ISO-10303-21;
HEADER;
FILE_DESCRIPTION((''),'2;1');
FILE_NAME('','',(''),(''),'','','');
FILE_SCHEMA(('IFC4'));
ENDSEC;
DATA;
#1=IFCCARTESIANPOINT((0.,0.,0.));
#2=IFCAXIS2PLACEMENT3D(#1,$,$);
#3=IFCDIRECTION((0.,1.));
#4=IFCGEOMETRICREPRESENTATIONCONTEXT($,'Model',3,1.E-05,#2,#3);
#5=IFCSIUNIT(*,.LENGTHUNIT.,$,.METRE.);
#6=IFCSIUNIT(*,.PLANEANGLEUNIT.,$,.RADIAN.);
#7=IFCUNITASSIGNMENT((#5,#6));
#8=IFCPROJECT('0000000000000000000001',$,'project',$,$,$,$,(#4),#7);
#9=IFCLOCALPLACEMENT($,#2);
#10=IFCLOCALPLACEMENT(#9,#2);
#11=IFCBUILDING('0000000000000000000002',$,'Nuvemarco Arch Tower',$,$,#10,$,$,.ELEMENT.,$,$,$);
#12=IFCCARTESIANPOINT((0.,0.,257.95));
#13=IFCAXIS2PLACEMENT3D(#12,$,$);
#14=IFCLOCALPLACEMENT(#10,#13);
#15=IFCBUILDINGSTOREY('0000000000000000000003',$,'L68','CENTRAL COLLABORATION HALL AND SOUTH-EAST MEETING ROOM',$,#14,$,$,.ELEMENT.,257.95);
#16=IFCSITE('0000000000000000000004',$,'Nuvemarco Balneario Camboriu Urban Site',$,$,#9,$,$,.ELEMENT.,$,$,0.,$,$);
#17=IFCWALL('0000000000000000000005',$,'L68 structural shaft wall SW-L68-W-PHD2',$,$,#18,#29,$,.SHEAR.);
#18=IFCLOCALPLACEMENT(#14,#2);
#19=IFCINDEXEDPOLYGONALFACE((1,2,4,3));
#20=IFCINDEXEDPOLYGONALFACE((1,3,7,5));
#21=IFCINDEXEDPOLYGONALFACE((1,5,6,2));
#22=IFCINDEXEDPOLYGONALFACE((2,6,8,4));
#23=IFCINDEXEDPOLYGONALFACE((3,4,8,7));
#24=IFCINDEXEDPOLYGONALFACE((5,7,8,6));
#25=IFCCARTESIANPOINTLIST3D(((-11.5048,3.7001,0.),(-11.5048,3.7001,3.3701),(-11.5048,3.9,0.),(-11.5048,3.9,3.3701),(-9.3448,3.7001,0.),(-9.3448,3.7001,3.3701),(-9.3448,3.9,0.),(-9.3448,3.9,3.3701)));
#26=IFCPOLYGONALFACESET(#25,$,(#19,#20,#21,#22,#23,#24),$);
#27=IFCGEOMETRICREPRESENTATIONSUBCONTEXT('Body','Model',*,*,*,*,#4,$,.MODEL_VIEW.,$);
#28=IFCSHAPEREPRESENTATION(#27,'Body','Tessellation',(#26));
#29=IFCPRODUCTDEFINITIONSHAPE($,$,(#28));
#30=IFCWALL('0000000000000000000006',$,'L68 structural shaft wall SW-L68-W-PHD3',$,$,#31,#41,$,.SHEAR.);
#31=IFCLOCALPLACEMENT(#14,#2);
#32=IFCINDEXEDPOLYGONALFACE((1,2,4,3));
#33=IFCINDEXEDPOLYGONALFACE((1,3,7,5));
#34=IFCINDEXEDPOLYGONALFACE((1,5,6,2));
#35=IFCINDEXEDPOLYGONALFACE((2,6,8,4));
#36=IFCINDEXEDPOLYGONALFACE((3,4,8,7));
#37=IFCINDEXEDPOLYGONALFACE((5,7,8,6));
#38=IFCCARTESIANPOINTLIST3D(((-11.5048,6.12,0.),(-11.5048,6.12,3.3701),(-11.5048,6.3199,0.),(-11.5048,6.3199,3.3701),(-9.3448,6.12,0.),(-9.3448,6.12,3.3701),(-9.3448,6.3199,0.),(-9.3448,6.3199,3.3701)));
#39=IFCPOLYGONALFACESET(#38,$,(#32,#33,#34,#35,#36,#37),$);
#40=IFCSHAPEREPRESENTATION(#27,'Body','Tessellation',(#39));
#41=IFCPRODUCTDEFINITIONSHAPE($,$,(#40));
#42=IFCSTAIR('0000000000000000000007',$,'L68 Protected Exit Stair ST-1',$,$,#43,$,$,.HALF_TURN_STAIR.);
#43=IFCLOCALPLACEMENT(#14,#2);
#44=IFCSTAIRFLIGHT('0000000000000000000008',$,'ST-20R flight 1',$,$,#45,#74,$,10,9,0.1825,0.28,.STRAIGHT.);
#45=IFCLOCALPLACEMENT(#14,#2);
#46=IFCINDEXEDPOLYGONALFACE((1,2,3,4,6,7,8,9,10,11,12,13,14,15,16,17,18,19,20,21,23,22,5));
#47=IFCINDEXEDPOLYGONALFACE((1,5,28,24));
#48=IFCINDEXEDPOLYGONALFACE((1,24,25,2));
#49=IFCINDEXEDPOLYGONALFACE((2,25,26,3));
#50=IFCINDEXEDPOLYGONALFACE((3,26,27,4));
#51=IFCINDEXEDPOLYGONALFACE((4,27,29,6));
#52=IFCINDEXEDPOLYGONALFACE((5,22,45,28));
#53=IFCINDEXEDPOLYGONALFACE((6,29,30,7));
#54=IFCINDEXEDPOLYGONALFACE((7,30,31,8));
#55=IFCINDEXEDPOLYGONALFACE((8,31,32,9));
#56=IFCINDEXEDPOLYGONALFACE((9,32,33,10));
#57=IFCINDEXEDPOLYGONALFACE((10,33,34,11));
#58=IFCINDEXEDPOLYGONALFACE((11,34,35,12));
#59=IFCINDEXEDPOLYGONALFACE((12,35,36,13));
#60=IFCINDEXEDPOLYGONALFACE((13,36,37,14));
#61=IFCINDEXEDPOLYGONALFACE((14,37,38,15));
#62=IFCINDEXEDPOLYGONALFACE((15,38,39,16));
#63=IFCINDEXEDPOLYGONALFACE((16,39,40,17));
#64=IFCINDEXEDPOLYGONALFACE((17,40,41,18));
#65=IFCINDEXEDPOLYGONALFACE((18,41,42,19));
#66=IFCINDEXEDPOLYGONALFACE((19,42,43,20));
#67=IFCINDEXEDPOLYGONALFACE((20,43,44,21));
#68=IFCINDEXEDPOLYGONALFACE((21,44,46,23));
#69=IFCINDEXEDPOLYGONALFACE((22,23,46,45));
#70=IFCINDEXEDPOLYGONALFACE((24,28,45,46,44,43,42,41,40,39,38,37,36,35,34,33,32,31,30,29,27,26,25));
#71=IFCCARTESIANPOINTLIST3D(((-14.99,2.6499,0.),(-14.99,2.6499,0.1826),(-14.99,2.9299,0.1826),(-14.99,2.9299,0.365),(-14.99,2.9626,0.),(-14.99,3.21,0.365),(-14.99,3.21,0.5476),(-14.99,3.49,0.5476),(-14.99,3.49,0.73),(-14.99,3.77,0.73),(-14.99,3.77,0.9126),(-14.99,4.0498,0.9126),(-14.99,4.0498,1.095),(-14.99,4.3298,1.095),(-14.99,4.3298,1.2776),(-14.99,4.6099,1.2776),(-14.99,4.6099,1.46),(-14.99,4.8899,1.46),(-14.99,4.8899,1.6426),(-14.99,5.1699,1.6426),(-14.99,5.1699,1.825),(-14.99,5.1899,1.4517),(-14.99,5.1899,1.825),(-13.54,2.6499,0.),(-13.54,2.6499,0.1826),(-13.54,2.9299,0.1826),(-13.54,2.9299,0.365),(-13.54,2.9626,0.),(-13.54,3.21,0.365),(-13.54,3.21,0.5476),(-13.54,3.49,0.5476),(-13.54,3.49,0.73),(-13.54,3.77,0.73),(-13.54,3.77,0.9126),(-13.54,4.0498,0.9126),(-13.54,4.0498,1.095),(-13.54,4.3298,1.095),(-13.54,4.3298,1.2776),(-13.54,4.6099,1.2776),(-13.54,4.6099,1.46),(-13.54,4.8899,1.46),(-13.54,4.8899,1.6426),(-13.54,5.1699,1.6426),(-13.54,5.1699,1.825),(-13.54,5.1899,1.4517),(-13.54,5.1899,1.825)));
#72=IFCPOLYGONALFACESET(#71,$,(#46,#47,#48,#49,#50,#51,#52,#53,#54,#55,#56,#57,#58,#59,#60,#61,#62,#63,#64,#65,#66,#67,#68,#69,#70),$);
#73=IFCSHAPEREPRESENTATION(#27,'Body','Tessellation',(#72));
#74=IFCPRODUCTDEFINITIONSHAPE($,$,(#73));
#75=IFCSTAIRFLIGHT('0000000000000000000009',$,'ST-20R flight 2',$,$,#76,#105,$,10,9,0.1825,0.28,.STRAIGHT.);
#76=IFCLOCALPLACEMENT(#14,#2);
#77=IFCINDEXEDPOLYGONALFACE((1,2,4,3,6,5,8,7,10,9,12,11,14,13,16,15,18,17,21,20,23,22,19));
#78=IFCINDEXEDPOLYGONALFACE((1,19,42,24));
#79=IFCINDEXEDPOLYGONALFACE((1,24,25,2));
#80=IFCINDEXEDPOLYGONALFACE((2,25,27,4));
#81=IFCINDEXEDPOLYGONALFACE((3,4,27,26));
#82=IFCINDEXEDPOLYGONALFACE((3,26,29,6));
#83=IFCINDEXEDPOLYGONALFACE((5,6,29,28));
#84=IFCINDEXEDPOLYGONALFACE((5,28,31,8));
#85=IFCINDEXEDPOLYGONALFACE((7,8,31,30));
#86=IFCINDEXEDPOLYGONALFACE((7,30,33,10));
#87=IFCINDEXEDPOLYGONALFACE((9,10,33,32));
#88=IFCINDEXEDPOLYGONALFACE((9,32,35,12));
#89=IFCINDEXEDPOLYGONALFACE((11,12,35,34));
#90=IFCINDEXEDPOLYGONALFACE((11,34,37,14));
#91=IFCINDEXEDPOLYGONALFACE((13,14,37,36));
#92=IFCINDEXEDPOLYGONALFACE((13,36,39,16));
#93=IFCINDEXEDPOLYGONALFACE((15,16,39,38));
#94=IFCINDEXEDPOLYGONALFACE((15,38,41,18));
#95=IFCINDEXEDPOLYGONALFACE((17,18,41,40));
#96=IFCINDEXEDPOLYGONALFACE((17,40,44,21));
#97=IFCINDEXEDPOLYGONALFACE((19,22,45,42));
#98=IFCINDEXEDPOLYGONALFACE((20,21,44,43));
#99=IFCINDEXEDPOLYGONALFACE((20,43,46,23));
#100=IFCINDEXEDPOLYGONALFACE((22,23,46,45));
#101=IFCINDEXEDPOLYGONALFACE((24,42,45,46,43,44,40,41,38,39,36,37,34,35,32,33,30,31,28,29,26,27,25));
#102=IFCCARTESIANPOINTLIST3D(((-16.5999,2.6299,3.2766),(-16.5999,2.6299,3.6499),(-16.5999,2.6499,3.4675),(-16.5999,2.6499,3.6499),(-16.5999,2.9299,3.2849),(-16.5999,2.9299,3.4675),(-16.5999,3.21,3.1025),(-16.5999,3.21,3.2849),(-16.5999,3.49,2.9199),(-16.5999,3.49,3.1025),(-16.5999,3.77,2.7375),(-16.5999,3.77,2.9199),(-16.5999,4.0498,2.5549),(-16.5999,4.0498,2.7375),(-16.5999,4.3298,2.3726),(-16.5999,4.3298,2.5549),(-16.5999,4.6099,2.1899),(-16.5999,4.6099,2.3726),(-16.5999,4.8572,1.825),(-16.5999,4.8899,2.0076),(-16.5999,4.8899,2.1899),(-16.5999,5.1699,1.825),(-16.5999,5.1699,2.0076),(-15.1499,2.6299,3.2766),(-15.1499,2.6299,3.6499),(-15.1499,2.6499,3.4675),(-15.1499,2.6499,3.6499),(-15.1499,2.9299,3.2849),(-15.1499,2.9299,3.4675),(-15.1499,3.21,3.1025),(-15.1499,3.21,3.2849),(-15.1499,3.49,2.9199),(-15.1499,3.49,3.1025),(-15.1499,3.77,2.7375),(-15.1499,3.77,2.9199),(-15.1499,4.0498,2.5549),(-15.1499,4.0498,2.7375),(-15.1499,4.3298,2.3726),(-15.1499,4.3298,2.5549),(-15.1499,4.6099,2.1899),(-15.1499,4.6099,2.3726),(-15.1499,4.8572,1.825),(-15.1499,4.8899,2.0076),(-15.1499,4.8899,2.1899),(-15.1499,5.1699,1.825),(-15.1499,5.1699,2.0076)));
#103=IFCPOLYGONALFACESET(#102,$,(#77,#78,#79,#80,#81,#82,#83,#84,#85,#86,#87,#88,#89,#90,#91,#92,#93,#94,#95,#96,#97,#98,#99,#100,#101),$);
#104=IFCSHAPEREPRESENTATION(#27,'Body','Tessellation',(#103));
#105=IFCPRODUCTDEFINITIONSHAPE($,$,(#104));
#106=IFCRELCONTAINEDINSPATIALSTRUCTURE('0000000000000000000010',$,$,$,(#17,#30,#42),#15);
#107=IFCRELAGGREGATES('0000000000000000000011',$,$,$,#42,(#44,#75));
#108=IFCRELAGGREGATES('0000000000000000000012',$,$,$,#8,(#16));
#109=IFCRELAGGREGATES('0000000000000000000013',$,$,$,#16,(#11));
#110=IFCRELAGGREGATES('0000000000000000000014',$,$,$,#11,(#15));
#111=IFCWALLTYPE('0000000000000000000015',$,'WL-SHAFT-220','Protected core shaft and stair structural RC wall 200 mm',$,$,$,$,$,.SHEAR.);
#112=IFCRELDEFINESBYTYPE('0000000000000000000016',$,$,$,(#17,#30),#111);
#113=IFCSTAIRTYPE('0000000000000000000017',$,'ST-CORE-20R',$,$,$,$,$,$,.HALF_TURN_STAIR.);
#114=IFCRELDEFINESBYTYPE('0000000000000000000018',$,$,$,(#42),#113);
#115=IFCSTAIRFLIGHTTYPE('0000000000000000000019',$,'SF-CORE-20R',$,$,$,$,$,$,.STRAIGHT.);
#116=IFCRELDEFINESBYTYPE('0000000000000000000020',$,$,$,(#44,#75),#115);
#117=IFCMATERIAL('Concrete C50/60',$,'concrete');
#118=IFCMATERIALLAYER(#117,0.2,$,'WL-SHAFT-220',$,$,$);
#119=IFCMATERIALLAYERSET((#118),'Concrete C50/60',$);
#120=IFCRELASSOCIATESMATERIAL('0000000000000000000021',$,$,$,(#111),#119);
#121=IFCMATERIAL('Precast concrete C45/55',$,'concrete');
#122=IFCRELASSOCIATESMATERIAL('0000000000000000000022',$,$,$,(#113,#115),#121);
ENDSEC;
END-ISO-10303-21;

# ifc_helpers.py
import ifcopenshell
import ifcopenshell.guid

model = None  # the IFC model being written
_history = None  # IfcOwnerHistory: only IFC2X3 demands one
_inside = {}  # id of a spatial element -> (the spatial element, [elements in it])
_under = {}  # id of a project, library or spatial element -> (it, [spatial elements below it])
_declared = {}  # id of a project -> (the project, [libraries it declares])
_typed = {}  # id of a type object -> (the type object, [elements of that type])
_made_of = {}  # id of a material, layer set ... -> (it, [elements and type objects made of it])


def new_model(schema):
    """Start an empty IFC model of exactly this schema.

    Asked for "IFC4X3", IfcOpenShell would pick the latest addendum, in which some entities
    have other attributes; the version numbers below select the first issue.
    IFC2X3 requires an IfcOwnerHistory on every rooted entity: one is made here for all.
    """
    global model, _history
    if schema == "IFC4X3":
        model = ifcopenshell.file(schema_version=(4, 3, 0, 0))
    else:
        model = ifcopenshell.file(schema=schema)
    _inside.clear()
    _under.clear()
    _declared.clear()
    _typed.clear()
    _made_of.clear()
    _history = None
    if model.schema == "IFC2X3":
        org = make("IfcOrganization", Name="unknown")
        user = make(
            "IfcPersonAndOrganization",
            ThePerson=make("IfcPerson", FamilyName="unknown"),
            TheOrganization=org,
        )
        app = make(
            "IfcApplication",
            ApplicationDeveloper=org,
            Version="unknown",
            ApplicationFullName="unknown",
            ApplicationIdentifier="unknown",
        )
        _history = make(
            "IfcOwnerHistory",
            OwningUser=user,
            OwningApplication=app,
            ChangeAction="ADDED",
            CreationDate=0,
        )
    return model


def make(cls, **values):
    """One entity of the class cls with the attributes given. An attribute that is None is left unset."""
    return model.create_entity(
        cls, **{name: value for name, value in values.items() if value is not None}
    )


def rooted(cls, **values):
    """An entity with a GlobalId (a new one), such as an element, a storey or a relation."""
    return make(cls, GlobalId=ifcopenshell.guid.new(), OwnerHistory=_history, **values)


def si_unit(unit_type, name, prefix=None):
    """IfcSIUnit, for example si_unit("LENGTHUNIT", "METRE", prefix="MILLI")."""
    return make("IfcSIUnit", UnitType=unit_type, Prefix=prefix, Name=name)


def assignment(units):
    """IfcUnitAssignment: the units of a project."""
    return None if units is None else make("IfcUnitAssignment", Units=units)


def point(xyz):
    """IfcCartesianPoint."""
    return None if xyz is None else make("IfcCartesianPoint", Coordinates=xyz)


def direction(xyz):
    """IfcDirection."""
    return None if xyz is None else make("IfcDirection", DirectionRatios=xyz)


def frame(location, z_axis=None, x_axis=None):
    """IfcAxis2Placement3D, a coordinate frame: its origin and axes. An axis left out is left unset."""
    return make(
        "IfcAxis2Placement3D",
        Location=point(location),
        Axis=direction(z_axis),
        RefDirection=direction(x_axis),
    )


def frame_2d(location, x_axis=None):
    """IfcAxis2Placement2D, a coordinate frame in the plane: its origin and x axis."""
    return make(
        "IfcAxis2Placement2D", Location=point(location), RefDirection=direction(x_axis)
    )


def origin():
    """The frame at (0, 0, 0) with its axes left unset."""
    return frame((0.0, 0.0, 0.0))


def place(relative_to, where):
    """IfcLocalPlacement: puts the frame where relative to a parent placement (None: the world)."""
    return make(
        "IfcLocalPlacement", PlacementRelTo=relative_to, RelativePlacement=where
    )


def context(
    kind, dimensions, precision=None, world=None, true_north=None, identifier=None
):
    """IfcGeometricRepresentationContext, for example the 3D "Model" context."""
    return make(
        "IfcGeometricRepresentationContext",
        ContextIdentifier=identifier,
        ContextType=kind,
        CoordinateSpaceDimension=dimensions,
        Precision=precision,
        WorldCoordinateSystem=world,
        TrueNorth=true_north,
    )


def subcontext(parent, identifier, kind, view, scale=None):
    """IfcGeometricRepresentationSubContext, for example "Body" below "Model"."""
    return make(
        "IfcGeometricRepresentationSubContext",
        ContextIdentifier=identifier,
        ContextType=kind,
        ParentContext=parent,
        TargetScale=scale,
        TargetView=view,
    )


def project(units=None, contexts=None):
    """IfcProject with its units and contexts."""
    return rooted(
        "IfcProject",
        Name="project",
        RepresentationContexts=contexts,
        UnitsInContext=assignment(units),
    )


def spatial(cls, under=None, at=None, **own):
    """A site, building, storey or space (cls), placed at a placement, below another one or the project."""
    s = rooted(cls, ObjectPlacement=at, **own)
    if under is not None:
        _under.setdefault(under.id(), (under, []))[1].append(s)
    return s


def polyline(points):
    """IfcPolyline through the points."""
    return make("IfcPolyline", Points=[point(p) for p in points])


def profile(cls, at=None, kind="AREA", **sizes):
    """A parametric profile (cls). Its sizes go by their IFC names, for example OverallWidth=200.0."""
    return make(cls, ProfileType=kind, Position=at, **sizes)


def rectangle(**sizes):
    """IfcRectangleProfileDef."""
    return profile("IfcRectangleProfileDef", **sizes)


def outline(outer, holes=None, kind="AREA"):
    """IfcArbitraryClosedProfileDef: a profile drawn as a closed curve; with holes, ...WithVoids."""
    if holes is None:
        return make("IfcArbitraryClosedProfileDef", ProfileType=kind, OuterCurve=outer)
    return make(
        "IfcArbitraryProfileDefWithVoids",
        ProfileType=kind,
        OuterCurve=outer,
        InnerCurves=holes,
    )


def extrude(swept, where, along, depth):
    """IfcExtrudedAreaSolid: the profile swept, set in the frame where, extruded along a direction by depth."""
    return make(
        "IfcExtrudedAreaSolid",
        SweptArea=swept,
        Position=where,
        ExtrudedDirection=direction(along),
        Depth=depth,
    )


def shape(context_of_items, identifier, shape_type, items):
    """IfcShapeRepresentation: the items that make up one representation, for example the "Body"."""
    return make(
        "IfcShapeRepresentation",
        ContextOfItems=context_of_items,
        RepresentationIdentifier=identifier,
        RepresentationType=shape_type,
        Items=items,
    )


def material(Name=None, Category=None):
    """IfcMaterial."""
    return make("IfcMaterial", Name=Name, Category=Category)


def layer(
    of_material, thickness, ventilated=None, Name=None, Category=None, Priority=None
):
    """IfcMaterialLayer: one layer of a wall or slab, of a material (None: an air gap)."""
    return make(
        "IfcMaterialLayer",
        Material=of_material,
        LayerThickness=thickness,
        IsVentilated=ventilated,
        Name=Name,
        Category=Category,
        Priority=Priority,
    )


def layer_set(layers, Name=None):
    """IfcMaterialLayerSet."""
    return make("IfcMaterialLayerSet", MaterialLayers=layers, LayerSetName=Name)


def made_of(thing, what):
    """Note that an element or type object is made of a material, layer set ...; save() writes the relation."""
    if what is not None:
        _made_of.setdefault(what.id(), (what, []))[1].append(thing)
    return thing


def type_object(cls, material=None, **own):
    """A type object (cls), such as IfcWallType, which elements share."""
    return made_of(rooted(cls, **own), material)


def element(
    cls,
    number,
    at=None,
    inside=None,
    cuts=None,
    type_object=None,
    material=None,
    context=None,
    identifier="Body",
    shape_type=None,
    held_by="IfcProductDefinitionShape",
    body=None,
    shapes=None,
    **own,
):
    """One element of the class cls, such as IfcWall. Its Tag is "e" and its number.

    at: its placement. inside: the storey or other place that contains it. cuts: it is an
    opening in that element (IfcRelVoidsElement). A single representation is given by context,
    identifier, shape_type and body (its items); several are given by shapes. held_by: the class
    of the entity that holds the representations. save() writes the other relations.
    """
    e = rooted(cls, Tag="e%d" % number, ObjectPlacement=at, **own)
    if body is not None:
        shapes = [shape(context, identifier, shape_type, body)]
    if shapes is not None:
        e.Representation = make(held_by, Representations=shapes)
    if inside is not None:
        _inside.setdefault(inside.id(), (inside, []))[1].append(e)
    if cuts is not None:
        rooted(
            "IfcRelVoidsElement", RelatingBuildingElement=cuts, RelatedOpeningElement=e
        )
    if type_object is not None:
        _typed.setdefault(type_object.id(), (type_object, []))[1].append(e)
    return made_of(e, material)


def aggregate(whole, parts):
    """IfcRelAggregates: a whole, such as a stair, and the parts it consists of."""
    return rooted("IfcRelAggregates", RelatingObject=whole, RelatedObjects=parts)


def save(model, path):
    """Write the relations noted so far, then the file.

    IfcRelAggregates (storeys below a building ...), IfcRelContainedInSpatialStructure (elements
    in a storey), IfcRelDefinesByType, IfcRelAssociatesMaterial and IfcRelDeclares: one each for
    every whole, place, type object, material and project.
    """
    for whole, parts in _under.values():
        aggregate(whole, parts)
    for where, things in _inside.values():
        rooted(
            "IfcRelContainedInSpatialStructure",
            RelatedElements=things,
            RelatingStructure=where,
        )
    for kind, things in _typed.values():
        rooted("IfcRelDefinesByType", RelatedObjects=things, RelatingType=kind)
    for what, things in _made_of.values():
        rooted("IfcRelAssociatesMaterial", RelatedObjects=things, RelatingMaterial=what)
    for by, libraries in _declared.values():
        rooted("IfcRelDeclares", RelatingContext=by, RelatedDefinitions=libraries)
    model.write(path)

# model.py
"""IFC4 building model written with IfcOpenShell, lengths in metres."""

from ifc_helpers import new_model, si_unit, direction, frame, frame_2d, origin, place, context, subcontext, project, spatial, polyline, rectangle, outline, extrude, material, layer, layer_set, type_object, element, aggregate, save


model = new_model("IFC4")

# Units and contexts
model_context = context("Model", 3, precision=1e-05, world=origin(), true_north=direction((0.0, 1.0)))
body_context = subcontext(model_context, "Body", "Model", "MODEL_VIEW")
ifc_project = project(units=[si_unit("LENGTHUNIT", "METRE"), si_unit("PLANEANGLEUNIT", "RADIAN")], contexts=[model_context])

# Site, building, storey
site_placement = place(None, origin())
site = spatial("IfcSite", under=ifc_project, at=site_placement, Name="Nuvemarco Balneario Camboriu Urban Site", CompositionType="ELEMENT", RefElevation=0.0)
building_placement = place(site_placement, origin())
building = spatial("IfcBuilding", under=site, at=building_placement, Name="Nuvemarco Arch Tower", CompositionType="ELEMENT")
storey_placement = place(building_placement, frame((0.0, 0.0, 257.95)))
storey = spatial("IfcBuildingStorey", under=building, at=storey_placement, Name="L68", Description="CENTRAL COLLABORATION HALL AND SOUTH-EAST MEETING ROOM", CompositionType="ELEMENT", Elevation=257.95)

# Shared definitions
ifc_material_1 = material(Name="Concrete C50/60", Category="concrete")

# Shared definitions
ifc_layer_1 = layer(ifc_material_1, 0.2, Name="WL-SHAFT-220")
ifc_layer_set_1 = layer_set([ifc_layer_1], Name="Concrete C50/60")
wall_type_1 = type_object("IfcWallType", Name="WL-SHAFT-220", Description="Protected core shaft and stair structural RC wall 200 mm", PredefinedType="SHEAR", material=ifc_layer_set_1)

# Walls
for number, where, z_axis, x_axis, name in (
    (1, (-11.5049, 3.8, 0.0), (0.0, 0.0, 1.0), (1.0, 0.0, 0.0), "L68 structural shaft wall SW-L68-W-PHD2"),
    (2, (-11.5049, 6.22, 0.0), (0.0, 0.0, 1.0), (1.0, 0.0, 0.0), "L68 structural shaft wall SW-L68-W-PHD3"),
):
    element("IfcWall", number, at=place(storey_placement, frame(where, z_axis=z_axis, x_axis=x_axis)), inside=storey, type_object=wall_type_1, Name=name, PredefinedType="SHEAR", context=body_context, shape_type="SweptSolid", body=[
        extrude(rectangle(XDim=2.1599, YDim=0.2, at=frame_2d((1.0801, 0.0))), origin(), (0.0, 0.0, 1.0), 3.3701),
    ])

# Stair, stair flights
ifc_material_2 = material(Name="Precast concrete C45/55", Category="concrete")
stair_type = type_object("IfcStairType", Name="ST-CORE-20R", PredefinedType="HALF_TURN_STAIR", material=ifc_material_2)
stair_placement = place(storey_placement, origin())
stair = element("IfcStair", 3, at=stair_placement, inside=storey, type_object=stair_type, Name="L68 Protected Exit Stair ST-1", PredefinedType="HALF_TURN_STAIR")
stair_flight_type = type_object("IfcStairFlightType", Name="SF-CORE-20R", PredefinedType="STRAIGHT", material=ifc_material_2)
stair_flight_1_placement = place(storey_placement, frame((-14.2649, 2.6499, 0.0), z_axis=(0.0, 0.0, 1.0), x_axis=(0.0, 1.0, 0.0)))
stair_flight_1 = element("IfcStairFlight", 4, at=stair_flight_1_placement, type_object=stair_flight_type, Name="ST-20R flight 1", NumberOfRisers=10, NumberOfTreads=9, PredefinedType="STRAIGHT", RiserHeight=0.1825, TreadLength=0.28, context=body_context, shape_type="SweptSolid", body=[
    extrude(outline(polyline([(0.0, 0.0), (0.0, 0.1826), (0.28, 0.1826), (0.28, 0.365), (0.5601, 0.365), (0.5601, 0.5476), (0.8401, 0.5476), (0.8401, 0.73), (1.1201, 0.73), (1.1201, 0.9126), (1.3999, 0.9126), (1.3999, 1.095), (1.6799, 1.095), (1.6799, 1.2776), (1.96, 1.2776), (1.96, 1.46), (2.24, 1.46), (2.24, 1.6426), (2.52, 1.6426), (2.52, 1.825), (2.54, 1.825), (2.54, 1.4517), (0.3127, 0.0), (0.0, 0.0)])), frame((0.0, 0.7251, 0.0), z_axis=(0.0, -1.0, 0.0), x_axis=(1.0, 0.0, 0.0)), (0.0, 0.0, 1.0), 1.45),
])
stair_flight_2_placement = place(storey_placement, frame((-15.875, 5.1699, 1.825), z_axis=(0.0, 0.0, 1.0), x_axis=(0.0, -1.0, 0.0)))
stair_flight_2 = element("IfcStairFlight", 5, at=stair_flight_2_placement, type_object=stair_flight_type, Name="ST-20R flight 2", NumberOfRisers=10, NumberOfTreads=9, PredefinedType="STRAIGHT", RiserHeight=0.1825, TreadLength=0.28, context=body_context, shape_type="SweptSolid", body=[
    extrude(outline(polyline([(0.0, 0.0), (0.0, 0.1826), (0.28, 0.1826), (0.28, 0.365), (0.5601, 0.365), (0.5601, 0.5476), (0.8401, 0.5476), (0.8401, 0.73), (1.1201, 0.73), (1.1201, 0.9126), (1.3999, 0.9126), (1.3999, 1.095), (1.6799, 1.095), (1.6799, 1.2776), (1.96, 1.2776), (1.96, 1.46), (2.24, 1.46), (2.24, 1.6426), (2.52, 1.6426), (2.52, 1.825), (2.54, 1.825), (2.54, 1.4517), (0.3127, 0.0), (0.0, 0.0)])), frame((0.0, 0.7251, 0.0), z_axis=(0.0, -1.0, 0.0), x_axis=(1.0, 0.0, 0.0)), (0.0, 0.0, 1.0), 1.45),
])
aggregate(stair, [stair_flight_1, stair_flight_2])

save(model, "model.ifc")
